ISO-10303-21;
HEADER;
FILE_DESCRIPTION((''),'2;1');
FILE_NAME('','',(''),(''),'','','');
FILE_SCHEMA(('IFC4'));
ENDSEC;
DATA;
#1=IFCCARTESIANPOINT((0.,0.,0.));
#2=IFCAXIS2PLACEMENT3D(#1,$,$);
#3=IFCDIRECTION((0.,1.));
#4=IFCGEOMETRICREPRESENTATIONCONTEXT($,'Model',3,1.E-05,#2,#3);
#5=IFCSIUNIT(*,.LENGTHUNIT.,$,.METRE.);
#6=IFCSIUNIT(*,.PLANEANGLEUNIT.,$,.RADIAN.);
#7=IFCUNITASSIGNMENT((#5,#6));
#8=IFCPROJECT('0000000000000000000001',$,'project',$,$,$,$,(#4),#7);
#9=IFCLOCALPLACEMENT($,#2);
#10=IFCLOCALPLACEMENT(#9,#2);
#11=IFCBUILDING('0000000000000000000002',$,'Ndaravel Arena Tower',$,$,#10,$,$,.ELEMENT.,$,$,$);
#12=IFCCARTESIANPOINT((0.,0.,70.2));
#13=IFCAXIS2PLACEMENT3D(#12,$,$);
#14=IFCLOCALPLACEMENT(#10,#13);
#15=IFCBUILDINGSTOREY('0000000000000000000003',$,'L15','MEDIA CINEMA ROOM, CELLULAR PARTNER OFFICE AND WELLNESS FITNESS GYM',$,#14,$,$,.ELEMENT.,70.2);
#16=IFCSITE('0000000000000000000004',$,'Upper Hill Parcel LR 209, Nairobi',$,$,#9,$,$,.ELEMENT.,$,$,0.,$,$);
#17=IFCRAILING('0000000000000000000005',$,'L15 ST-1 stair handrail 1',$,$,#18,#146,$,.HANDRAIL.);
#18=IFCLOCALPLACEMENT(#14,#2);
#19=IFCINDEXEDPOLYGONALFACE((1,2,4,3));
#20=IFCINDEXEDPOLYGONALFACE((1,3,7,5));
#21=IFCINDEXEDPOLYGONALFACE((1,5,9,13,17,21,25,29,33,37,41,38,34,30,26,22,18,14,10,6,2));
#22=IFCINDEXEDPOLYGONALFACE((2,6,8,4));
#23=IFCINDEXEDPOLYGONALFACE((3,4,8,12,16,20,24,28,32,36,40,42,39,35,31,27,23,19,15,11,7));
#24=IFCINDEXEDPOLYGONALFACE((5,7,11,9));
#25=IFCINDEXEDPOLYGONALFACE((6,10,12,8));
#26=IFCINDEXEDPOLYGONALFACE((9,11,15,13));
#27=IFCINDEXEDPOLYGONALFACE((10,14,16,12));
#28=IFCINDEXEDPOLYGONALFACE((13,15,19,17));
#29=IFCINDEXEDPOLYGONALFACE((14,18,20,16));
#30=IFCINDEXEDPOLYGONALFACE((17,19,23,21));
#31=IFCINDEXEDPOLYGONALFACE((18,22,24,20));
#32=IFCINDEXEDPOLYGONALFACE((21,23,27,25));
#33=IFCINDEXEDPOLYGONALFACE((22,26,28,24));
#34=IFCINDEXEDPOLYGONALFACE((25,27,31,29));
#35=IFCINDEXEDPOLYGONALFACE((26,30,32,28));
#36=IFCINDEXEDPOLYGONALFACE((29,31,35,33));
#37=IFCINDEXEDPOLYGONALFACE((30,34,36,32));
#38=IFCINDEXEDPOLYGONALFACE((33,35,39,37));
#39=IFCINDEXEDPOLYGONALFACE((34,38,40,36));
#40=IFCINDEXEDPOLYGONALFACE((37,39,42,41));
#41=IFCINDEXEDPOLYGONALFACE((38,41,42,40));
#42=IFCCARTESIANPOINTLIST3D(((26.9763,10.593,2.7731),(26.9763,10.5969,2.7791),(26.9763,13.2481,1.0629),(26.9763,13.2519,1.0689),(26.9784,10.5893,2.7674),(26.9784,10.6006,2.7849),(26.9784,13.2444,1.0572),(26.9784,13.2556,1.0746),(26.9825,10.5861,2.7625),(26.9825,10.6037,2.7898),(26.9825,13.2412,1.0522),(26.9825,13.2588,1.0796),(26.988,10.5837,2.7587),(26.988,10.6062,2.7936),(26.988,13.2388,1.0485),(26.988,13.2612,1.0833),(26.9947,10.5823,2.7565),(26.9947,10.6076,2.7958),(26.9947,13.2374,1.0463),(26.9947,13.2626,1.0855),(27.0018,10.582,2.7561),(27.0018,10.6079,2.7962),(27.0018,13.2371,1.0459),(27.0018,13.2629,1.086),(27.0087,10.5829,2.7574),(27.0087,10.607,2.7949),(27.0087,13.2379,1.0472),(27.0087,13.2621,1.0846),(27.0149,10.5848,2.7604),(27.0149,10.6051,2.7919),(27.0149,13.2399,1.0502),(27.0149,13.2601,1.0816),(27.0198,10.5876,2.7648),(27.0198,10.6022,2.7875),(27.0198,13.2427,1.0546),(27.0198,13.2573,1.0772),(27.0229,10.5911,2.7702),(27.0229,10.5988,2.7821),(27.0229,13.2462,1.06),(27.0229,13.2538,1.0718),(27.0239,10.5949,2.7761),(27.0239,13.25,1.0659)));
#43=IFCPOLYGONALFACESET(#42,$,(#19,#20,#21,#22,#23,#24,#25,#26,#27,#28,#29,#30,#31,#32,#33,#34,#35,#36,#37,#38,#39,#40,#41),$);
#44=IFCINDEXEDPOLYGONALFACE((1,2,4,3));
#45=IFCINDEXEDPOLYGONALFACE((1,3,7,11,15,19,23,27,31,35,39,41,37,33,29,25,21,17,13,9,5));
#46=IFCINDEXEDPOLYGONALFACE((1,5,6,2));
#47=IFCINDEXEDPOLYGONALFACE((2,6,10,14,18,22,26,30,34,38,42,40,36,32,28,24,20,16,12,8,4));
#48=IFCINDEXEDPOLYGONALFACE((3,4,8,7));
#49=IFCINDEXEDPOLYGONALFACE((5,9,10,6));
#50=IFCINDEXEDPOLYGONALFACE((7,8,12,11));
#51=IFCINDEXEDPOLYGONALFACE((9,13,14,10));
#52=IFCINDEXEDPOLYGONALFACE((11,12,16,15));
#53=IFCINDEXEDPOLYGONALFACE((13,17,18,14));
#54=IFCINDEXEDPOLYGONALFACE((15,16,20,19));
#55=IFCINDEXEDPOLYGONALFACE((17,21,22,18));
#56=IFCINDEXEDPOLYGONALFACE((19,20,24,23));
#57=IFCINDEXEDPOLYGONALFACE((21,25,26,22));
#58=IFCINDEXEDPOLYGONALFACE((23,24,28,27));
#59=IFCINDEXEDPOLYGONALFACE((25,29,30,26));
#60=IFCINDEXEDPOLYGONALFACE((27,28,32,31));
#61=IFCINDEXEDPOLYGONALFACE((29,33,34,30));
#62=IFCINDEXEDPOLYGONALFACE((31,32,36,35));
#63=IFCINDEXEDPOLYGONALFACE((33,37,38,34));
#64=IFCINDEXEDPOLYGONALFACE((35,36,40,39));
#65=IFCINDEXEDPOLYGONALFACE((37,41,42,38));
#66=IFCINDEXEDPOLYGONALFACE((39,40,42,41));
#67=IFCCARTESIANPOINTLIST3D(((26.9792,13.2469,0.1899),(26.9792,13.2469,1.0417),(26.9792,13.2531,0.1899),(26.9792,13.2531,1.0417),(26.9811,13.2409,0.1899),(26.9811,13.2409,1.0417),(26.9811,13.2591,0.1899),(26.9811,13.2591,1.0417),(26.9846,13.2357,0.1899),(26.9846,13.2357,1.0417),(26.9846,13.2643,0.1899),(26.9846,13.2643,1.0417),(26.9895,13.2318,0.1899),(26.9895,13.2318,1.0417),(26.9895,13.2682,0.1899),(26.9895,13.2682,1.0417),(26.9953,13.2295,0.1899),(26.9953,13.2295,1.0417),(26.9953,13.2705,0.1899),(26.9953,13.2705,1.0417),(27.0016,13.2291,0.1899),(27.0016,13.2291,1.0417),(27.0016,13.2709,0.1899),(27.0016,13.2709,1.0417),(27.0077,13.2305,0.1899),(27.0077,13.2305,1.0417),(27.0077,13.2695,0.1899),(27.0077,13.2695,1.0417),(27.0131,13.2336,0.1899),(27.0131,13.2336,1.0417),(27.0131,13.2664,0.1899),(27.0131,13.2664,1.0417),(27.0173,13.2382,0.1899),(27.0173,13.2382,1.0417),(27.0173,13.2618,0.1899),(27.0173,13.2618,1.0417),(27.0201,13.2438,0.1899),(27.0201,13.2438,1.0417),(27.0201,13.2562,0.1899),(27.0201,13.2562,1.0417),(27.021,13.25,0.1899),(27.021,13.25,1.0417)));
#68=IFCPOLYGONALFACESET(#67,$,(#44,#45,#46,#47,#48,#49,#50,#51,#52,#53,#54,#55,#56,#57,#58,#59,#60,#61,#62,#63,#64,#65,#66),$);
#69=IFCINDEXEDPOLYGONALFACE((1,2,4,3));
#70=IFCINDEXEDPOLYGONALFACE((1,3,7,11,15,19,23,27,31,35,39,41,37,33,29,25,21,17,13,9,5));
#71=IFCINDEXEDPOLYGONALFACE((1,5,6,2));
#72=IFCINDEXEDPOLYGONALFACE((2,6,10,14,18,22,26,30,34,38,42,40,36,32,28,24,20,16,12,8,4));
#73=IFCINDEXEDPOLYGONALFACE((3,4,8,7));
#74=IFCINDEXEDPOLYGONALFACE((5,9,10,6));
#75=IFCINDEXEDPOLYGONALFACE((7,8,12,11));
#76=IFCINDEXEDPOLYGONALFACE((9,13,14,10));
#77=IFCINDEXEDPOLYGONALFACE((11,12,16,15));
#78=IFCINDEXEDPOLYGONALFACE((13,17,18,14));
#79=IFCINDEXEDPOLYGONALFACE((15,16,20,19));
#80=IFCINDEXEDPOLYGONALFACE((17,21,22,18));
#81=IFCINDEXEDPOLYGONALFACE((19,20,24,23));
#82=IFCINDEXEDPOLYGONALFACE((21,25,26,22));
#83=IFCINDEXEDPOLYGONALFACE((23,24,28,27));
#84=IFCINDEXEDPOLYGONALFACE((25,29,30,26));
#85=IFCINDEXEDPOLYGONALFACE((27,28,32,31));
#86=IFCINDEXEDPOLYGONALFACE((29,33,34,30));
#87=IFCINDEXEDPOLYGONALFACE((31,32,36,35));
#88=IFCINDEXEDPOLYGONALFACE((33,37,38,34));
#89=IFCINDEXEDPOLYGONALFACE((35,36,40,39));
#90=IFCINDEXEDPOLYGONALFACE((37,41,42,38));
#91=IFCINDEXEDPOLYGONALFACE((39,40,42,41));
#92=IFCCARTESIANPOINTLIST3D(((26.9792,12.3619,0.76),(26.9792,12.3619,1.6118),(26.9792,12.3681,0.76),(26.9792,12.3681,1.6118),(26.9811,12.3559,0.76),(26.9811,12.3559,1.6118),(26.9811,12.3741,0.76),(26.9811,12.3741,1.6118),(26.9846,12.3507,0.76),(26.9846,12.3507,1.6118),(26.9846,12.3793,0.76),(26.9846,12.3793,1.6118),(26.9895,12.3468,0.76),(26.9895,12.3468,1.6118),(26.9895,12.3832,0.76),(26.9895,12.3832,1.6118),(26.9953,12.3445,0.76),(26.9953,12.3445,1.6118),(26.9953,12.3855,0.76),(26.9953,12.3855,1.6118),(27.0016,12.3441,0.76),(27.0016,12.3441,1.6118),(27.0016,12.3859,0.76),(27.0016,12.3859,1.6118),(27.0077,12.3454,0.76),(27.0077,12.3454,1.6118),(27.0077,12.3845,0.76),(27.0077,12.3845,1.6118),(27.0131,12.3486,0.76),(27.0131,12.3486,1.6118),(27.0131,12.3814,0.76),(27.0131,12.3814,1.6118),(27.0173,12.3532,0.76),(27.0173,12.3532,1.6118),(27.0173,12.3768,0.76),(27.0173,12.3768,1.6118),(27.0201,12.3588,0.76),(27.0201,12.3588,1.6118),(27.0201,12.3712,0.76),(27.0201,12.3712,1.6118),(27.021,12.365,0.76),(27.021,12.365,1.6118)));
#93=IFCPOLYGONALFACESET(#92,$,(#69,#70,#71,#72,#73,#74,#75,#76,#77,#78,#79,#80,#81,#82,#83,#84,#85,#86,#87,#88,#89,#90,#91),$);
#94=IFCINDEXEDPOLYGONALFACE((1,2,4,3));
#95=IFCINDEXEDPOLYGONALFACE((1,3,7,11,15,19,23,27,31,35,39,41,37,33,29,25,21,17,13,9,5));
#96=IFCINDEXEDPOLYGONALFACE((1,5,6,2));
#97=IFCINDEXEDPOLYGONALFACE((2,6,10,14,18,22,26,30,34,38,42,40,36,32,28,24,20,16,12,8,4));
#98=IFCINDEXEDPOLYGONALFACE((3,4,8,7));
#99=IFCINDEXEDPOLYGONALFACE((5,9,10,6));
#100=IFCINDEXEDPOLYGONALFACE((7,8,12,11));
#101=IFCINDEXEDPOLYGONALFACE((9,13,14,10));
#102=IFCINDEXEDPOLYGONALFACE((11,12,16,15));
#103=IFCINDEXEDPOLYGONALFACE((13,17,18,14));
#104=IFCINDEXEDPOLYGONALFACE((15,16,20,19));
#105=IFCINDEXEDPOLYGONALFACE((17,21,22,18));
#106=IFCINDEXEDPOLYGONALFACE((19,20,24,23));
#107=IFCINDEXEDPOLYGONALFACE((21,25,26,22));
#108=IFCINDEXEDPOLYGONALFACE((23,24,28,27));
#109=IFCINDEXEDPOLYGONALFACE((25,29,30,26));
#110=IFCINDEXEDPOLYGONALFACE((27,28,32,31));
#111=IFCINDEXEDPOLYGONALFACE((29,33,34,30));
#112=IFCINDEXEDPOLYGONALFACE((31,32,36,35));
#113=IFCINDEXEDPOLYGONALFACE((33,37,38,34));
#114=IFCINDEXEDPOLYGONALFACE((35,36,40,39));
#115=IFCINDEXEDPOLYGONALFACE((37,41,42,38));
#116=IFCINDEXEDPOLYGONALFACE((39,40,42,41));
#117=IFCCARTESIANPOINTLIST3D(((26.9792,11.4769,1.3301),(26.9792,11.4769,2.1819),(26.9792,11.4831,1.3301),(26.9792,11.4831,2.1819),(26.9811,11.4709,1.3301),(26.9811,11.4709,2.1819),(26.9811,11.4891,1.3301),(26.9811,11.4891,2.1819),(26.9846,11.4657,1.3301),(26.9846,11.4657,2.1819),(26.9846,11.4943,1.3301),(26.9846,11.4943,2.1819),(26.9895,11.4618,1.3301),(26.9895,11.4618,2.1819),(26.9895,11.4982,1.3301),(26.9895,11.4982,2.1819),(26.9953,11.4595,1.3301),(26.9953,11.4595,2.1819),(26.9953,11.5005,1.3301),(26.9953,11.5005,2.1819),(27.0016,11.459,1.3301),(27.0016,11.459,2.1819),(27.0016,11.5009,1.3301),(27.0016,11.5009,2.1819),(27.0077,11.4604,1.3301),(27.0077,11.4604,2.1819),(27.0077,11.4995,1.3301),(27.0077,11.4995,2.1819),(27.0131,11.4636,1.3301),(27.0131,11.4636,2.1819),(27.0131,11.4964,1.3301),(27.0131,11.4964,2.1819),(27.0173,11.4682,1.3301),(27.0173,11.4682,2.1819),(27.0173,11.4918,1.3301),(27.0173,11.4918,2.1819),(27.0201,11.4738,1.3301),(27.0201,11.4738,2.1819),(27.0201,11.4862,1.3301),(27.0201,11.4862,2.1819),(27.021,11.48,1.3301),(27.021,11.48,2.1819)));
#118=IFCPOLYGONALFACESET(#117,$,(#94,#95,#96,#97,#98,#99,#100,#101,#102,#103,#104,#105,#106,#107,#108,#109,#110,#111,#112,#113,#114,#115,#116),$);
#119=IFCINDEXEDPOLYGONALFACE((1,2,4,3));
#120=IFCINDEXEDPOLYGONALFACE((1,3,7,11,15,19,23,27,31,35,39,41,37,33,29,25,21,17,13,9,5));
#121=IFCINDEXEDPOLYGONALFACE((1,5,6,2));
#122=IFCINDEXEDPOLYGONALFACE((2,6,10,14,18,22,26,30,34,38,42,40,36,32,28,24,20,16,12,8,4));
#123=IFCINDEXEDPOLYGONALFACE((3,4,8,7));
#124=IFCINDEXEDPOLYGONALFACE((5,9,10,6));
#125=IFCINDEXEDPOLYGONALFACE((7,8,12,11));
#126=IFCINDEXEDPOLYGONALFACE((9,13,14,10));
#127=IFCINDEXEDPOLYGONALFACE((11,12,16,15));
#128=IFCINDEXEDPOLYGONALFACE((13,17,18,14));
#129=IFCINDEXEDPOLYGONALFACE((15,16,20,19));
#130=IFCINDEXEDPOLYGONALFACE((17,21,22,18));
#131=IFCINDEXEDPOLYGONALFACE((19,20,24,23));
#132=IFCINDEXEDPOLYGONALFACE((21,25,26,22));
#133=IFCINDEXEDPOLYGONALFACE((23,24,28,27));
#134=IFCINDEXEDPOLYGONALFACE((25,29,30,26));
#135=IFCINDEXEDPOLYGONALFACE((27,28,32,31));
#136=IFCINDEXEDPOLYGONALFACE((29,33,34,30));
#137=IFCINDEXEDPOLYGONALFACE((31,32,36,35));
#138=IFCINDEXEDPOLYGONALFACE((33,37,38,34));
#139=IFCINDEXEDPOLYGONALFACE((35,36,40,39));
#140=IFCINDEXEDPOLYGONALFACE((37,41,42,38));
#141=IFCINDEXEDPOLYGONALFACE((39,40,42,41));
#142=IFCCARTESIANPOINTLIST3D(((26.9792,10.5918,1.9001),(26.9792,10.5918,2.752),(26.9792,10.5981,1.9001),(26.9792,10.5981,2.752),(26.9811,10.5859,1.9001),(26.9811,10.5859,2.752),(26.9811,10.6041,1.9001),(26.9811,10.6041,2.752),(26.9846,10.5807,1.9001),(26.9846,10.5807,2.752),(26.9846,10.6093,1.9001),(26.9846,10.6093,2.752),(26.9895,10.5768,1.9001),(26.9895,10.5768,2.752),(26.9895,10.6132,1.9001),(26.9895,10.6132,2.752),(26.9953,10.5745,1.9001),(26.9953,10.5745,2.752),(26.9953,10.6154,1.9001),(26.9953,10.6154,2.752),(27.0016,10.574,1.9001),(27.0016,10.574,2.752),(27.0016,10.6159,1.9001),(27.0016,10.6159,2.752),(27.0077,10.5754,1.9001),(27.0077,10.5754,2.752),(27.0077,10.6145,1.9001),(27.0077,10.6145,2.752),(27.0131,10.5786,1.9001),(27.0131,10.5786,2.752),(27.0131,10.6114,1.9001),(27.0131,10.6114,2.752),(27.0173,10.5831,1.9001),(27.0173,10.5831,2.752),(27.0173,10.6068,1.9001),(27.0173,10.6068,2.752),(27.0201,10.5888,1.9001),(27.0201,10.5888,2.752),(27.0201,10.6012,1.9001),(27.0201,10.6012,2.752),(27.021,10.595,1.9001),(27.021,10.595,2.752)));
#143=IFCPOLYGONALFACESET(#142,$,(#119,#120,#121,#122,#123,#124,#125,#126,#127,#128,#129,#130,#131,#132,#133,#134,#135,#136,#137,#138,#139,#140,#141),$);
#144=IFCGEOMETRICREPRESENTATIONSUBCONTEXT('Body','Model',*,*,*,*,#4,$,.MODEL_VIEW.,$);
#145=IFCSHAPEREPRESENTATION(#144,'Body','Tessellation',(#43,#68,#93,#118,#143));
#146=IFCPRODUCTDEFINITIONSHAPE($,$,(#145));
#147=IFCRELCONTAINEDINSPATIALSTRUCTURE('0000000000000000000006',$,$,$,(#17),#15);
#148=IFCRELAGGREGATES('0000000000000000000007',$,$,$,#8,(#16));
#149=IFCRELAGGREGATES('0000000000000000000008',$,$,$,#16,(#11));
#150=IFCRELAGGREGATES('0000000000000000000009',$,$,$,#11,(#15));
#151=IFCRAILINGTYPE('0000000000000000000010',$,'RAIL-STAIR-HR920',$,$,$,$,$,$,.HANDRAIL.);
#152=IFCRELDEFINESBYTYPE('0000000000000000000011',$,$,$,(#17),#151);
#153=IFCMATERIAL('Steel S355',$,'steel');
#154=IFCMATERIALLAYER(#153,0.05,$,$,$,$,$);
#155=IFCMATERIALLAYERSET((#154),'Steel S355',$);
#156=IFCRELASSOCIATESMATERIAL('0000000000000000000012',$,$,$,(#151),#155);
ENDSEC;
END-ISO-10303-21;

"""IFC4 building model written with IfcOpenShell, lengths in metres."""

from ifc_helpers import new_model, si_unit, direction, frame, origin, origin_2d, place, context, subcontext, project, spatial, circle, extrude, material, layer, layer_set, type_object, element, save


model = new_model("IFC4")

# Units and contexts
model_context = context("Model", 3, precision=1e-05, world=origin(), true_north=direction((0.0, 1.0)))
body_context = subcontext(model_context, "Body", "Model", "MODEL_VIEW")
ifc_project = project(units=[si_unit("LENGTHUNIT", "METRE"), si_unit("PLANEANGLEUNIT", "RADIAN")], contexts=[model_context])

# Site, building, storey
site_placement = place(None, origin())
site = spatial("IfcSite", under=ifc_project, at=site_placement, Name="Upper Hill Parcel LR 209, Nairobi", CompositionType="ELEMENT", RefElevation=0.0)
building_placement = place(site_placement, origin())
building = spatial("IfcBuilding", under=site, at=building_placement, Name="Ndaravel Arena Tower", CompositionType="ELEMENT")
storey_placement = place(building_placement, frame((0.0, 0.0, 70.2)))
storey = spatial("IfcBuildingStorey", under=building, at=storey_placement, Name="L15", Description="MEDIA CINEMA ROOM, CELLULAR PARTNER OFFICE AND WELLNESS FITNESS GYM", CompositionType="ELEMENT", Elevation=70.2)

# Railing
ifc_material_1 = material(Name="Steel S355", Category="steel")
ifc_layer_1 = layer(ifc_material_1, 0.05)
ifc_layer_set_1 = layer_set([ifc_layer_1], Name="Steel S355")
railing_type_1 = type_object("IfcRailingType", Name="RAIL-STAIR-HR920", PredefinedType="HANDRAIL", material=ifc_layer_set_1)
railing_1_placement = place(storey_placement, frame((27.0, 13.25, 0.1899)))
element("IfcRailing", 1, at=railing_1_placement, inside=storey, type_object=railing_type_1, Name="L15 ST-1 stair handrail 1", PredefinedType="HANDRAIL", context=body_context, shape_type="SweptSolid", body=[
    extrude(circle(Radius=0.0239, at=origin_2d()), frame((0.0, 0.0, 0.876), z_axis=(0.0, -0.840688, 0.541519), x_axis=(1.0, 0.0, 0.0)), (0.0, 0.0, 1.0), 3.1582),
    extrude(circle(Radius=0.021, at=origin_2d()), origin(), (0.0, 0.0, 1.0), 0.8518),
    extrude(circle(Radius=0.021, at=origin_2d()), frame((0.0, -0.885, 0.5701)), (0.0, 0.0, 1.0), 0.8518),
    extrude(circle(Radius=0.021, at=origin_2d()), frame((0.0, -1.77, 1.1401)), (0.0, 0.0, 1.0), 0.8518),
    extrude(circle(Radius=0.021, at=origin_2d()), frame((0.0, -2.655, 1.7102)), (0.0, 0.0, 1.0), 0.8518),
])

save(model, "model.ifc")
